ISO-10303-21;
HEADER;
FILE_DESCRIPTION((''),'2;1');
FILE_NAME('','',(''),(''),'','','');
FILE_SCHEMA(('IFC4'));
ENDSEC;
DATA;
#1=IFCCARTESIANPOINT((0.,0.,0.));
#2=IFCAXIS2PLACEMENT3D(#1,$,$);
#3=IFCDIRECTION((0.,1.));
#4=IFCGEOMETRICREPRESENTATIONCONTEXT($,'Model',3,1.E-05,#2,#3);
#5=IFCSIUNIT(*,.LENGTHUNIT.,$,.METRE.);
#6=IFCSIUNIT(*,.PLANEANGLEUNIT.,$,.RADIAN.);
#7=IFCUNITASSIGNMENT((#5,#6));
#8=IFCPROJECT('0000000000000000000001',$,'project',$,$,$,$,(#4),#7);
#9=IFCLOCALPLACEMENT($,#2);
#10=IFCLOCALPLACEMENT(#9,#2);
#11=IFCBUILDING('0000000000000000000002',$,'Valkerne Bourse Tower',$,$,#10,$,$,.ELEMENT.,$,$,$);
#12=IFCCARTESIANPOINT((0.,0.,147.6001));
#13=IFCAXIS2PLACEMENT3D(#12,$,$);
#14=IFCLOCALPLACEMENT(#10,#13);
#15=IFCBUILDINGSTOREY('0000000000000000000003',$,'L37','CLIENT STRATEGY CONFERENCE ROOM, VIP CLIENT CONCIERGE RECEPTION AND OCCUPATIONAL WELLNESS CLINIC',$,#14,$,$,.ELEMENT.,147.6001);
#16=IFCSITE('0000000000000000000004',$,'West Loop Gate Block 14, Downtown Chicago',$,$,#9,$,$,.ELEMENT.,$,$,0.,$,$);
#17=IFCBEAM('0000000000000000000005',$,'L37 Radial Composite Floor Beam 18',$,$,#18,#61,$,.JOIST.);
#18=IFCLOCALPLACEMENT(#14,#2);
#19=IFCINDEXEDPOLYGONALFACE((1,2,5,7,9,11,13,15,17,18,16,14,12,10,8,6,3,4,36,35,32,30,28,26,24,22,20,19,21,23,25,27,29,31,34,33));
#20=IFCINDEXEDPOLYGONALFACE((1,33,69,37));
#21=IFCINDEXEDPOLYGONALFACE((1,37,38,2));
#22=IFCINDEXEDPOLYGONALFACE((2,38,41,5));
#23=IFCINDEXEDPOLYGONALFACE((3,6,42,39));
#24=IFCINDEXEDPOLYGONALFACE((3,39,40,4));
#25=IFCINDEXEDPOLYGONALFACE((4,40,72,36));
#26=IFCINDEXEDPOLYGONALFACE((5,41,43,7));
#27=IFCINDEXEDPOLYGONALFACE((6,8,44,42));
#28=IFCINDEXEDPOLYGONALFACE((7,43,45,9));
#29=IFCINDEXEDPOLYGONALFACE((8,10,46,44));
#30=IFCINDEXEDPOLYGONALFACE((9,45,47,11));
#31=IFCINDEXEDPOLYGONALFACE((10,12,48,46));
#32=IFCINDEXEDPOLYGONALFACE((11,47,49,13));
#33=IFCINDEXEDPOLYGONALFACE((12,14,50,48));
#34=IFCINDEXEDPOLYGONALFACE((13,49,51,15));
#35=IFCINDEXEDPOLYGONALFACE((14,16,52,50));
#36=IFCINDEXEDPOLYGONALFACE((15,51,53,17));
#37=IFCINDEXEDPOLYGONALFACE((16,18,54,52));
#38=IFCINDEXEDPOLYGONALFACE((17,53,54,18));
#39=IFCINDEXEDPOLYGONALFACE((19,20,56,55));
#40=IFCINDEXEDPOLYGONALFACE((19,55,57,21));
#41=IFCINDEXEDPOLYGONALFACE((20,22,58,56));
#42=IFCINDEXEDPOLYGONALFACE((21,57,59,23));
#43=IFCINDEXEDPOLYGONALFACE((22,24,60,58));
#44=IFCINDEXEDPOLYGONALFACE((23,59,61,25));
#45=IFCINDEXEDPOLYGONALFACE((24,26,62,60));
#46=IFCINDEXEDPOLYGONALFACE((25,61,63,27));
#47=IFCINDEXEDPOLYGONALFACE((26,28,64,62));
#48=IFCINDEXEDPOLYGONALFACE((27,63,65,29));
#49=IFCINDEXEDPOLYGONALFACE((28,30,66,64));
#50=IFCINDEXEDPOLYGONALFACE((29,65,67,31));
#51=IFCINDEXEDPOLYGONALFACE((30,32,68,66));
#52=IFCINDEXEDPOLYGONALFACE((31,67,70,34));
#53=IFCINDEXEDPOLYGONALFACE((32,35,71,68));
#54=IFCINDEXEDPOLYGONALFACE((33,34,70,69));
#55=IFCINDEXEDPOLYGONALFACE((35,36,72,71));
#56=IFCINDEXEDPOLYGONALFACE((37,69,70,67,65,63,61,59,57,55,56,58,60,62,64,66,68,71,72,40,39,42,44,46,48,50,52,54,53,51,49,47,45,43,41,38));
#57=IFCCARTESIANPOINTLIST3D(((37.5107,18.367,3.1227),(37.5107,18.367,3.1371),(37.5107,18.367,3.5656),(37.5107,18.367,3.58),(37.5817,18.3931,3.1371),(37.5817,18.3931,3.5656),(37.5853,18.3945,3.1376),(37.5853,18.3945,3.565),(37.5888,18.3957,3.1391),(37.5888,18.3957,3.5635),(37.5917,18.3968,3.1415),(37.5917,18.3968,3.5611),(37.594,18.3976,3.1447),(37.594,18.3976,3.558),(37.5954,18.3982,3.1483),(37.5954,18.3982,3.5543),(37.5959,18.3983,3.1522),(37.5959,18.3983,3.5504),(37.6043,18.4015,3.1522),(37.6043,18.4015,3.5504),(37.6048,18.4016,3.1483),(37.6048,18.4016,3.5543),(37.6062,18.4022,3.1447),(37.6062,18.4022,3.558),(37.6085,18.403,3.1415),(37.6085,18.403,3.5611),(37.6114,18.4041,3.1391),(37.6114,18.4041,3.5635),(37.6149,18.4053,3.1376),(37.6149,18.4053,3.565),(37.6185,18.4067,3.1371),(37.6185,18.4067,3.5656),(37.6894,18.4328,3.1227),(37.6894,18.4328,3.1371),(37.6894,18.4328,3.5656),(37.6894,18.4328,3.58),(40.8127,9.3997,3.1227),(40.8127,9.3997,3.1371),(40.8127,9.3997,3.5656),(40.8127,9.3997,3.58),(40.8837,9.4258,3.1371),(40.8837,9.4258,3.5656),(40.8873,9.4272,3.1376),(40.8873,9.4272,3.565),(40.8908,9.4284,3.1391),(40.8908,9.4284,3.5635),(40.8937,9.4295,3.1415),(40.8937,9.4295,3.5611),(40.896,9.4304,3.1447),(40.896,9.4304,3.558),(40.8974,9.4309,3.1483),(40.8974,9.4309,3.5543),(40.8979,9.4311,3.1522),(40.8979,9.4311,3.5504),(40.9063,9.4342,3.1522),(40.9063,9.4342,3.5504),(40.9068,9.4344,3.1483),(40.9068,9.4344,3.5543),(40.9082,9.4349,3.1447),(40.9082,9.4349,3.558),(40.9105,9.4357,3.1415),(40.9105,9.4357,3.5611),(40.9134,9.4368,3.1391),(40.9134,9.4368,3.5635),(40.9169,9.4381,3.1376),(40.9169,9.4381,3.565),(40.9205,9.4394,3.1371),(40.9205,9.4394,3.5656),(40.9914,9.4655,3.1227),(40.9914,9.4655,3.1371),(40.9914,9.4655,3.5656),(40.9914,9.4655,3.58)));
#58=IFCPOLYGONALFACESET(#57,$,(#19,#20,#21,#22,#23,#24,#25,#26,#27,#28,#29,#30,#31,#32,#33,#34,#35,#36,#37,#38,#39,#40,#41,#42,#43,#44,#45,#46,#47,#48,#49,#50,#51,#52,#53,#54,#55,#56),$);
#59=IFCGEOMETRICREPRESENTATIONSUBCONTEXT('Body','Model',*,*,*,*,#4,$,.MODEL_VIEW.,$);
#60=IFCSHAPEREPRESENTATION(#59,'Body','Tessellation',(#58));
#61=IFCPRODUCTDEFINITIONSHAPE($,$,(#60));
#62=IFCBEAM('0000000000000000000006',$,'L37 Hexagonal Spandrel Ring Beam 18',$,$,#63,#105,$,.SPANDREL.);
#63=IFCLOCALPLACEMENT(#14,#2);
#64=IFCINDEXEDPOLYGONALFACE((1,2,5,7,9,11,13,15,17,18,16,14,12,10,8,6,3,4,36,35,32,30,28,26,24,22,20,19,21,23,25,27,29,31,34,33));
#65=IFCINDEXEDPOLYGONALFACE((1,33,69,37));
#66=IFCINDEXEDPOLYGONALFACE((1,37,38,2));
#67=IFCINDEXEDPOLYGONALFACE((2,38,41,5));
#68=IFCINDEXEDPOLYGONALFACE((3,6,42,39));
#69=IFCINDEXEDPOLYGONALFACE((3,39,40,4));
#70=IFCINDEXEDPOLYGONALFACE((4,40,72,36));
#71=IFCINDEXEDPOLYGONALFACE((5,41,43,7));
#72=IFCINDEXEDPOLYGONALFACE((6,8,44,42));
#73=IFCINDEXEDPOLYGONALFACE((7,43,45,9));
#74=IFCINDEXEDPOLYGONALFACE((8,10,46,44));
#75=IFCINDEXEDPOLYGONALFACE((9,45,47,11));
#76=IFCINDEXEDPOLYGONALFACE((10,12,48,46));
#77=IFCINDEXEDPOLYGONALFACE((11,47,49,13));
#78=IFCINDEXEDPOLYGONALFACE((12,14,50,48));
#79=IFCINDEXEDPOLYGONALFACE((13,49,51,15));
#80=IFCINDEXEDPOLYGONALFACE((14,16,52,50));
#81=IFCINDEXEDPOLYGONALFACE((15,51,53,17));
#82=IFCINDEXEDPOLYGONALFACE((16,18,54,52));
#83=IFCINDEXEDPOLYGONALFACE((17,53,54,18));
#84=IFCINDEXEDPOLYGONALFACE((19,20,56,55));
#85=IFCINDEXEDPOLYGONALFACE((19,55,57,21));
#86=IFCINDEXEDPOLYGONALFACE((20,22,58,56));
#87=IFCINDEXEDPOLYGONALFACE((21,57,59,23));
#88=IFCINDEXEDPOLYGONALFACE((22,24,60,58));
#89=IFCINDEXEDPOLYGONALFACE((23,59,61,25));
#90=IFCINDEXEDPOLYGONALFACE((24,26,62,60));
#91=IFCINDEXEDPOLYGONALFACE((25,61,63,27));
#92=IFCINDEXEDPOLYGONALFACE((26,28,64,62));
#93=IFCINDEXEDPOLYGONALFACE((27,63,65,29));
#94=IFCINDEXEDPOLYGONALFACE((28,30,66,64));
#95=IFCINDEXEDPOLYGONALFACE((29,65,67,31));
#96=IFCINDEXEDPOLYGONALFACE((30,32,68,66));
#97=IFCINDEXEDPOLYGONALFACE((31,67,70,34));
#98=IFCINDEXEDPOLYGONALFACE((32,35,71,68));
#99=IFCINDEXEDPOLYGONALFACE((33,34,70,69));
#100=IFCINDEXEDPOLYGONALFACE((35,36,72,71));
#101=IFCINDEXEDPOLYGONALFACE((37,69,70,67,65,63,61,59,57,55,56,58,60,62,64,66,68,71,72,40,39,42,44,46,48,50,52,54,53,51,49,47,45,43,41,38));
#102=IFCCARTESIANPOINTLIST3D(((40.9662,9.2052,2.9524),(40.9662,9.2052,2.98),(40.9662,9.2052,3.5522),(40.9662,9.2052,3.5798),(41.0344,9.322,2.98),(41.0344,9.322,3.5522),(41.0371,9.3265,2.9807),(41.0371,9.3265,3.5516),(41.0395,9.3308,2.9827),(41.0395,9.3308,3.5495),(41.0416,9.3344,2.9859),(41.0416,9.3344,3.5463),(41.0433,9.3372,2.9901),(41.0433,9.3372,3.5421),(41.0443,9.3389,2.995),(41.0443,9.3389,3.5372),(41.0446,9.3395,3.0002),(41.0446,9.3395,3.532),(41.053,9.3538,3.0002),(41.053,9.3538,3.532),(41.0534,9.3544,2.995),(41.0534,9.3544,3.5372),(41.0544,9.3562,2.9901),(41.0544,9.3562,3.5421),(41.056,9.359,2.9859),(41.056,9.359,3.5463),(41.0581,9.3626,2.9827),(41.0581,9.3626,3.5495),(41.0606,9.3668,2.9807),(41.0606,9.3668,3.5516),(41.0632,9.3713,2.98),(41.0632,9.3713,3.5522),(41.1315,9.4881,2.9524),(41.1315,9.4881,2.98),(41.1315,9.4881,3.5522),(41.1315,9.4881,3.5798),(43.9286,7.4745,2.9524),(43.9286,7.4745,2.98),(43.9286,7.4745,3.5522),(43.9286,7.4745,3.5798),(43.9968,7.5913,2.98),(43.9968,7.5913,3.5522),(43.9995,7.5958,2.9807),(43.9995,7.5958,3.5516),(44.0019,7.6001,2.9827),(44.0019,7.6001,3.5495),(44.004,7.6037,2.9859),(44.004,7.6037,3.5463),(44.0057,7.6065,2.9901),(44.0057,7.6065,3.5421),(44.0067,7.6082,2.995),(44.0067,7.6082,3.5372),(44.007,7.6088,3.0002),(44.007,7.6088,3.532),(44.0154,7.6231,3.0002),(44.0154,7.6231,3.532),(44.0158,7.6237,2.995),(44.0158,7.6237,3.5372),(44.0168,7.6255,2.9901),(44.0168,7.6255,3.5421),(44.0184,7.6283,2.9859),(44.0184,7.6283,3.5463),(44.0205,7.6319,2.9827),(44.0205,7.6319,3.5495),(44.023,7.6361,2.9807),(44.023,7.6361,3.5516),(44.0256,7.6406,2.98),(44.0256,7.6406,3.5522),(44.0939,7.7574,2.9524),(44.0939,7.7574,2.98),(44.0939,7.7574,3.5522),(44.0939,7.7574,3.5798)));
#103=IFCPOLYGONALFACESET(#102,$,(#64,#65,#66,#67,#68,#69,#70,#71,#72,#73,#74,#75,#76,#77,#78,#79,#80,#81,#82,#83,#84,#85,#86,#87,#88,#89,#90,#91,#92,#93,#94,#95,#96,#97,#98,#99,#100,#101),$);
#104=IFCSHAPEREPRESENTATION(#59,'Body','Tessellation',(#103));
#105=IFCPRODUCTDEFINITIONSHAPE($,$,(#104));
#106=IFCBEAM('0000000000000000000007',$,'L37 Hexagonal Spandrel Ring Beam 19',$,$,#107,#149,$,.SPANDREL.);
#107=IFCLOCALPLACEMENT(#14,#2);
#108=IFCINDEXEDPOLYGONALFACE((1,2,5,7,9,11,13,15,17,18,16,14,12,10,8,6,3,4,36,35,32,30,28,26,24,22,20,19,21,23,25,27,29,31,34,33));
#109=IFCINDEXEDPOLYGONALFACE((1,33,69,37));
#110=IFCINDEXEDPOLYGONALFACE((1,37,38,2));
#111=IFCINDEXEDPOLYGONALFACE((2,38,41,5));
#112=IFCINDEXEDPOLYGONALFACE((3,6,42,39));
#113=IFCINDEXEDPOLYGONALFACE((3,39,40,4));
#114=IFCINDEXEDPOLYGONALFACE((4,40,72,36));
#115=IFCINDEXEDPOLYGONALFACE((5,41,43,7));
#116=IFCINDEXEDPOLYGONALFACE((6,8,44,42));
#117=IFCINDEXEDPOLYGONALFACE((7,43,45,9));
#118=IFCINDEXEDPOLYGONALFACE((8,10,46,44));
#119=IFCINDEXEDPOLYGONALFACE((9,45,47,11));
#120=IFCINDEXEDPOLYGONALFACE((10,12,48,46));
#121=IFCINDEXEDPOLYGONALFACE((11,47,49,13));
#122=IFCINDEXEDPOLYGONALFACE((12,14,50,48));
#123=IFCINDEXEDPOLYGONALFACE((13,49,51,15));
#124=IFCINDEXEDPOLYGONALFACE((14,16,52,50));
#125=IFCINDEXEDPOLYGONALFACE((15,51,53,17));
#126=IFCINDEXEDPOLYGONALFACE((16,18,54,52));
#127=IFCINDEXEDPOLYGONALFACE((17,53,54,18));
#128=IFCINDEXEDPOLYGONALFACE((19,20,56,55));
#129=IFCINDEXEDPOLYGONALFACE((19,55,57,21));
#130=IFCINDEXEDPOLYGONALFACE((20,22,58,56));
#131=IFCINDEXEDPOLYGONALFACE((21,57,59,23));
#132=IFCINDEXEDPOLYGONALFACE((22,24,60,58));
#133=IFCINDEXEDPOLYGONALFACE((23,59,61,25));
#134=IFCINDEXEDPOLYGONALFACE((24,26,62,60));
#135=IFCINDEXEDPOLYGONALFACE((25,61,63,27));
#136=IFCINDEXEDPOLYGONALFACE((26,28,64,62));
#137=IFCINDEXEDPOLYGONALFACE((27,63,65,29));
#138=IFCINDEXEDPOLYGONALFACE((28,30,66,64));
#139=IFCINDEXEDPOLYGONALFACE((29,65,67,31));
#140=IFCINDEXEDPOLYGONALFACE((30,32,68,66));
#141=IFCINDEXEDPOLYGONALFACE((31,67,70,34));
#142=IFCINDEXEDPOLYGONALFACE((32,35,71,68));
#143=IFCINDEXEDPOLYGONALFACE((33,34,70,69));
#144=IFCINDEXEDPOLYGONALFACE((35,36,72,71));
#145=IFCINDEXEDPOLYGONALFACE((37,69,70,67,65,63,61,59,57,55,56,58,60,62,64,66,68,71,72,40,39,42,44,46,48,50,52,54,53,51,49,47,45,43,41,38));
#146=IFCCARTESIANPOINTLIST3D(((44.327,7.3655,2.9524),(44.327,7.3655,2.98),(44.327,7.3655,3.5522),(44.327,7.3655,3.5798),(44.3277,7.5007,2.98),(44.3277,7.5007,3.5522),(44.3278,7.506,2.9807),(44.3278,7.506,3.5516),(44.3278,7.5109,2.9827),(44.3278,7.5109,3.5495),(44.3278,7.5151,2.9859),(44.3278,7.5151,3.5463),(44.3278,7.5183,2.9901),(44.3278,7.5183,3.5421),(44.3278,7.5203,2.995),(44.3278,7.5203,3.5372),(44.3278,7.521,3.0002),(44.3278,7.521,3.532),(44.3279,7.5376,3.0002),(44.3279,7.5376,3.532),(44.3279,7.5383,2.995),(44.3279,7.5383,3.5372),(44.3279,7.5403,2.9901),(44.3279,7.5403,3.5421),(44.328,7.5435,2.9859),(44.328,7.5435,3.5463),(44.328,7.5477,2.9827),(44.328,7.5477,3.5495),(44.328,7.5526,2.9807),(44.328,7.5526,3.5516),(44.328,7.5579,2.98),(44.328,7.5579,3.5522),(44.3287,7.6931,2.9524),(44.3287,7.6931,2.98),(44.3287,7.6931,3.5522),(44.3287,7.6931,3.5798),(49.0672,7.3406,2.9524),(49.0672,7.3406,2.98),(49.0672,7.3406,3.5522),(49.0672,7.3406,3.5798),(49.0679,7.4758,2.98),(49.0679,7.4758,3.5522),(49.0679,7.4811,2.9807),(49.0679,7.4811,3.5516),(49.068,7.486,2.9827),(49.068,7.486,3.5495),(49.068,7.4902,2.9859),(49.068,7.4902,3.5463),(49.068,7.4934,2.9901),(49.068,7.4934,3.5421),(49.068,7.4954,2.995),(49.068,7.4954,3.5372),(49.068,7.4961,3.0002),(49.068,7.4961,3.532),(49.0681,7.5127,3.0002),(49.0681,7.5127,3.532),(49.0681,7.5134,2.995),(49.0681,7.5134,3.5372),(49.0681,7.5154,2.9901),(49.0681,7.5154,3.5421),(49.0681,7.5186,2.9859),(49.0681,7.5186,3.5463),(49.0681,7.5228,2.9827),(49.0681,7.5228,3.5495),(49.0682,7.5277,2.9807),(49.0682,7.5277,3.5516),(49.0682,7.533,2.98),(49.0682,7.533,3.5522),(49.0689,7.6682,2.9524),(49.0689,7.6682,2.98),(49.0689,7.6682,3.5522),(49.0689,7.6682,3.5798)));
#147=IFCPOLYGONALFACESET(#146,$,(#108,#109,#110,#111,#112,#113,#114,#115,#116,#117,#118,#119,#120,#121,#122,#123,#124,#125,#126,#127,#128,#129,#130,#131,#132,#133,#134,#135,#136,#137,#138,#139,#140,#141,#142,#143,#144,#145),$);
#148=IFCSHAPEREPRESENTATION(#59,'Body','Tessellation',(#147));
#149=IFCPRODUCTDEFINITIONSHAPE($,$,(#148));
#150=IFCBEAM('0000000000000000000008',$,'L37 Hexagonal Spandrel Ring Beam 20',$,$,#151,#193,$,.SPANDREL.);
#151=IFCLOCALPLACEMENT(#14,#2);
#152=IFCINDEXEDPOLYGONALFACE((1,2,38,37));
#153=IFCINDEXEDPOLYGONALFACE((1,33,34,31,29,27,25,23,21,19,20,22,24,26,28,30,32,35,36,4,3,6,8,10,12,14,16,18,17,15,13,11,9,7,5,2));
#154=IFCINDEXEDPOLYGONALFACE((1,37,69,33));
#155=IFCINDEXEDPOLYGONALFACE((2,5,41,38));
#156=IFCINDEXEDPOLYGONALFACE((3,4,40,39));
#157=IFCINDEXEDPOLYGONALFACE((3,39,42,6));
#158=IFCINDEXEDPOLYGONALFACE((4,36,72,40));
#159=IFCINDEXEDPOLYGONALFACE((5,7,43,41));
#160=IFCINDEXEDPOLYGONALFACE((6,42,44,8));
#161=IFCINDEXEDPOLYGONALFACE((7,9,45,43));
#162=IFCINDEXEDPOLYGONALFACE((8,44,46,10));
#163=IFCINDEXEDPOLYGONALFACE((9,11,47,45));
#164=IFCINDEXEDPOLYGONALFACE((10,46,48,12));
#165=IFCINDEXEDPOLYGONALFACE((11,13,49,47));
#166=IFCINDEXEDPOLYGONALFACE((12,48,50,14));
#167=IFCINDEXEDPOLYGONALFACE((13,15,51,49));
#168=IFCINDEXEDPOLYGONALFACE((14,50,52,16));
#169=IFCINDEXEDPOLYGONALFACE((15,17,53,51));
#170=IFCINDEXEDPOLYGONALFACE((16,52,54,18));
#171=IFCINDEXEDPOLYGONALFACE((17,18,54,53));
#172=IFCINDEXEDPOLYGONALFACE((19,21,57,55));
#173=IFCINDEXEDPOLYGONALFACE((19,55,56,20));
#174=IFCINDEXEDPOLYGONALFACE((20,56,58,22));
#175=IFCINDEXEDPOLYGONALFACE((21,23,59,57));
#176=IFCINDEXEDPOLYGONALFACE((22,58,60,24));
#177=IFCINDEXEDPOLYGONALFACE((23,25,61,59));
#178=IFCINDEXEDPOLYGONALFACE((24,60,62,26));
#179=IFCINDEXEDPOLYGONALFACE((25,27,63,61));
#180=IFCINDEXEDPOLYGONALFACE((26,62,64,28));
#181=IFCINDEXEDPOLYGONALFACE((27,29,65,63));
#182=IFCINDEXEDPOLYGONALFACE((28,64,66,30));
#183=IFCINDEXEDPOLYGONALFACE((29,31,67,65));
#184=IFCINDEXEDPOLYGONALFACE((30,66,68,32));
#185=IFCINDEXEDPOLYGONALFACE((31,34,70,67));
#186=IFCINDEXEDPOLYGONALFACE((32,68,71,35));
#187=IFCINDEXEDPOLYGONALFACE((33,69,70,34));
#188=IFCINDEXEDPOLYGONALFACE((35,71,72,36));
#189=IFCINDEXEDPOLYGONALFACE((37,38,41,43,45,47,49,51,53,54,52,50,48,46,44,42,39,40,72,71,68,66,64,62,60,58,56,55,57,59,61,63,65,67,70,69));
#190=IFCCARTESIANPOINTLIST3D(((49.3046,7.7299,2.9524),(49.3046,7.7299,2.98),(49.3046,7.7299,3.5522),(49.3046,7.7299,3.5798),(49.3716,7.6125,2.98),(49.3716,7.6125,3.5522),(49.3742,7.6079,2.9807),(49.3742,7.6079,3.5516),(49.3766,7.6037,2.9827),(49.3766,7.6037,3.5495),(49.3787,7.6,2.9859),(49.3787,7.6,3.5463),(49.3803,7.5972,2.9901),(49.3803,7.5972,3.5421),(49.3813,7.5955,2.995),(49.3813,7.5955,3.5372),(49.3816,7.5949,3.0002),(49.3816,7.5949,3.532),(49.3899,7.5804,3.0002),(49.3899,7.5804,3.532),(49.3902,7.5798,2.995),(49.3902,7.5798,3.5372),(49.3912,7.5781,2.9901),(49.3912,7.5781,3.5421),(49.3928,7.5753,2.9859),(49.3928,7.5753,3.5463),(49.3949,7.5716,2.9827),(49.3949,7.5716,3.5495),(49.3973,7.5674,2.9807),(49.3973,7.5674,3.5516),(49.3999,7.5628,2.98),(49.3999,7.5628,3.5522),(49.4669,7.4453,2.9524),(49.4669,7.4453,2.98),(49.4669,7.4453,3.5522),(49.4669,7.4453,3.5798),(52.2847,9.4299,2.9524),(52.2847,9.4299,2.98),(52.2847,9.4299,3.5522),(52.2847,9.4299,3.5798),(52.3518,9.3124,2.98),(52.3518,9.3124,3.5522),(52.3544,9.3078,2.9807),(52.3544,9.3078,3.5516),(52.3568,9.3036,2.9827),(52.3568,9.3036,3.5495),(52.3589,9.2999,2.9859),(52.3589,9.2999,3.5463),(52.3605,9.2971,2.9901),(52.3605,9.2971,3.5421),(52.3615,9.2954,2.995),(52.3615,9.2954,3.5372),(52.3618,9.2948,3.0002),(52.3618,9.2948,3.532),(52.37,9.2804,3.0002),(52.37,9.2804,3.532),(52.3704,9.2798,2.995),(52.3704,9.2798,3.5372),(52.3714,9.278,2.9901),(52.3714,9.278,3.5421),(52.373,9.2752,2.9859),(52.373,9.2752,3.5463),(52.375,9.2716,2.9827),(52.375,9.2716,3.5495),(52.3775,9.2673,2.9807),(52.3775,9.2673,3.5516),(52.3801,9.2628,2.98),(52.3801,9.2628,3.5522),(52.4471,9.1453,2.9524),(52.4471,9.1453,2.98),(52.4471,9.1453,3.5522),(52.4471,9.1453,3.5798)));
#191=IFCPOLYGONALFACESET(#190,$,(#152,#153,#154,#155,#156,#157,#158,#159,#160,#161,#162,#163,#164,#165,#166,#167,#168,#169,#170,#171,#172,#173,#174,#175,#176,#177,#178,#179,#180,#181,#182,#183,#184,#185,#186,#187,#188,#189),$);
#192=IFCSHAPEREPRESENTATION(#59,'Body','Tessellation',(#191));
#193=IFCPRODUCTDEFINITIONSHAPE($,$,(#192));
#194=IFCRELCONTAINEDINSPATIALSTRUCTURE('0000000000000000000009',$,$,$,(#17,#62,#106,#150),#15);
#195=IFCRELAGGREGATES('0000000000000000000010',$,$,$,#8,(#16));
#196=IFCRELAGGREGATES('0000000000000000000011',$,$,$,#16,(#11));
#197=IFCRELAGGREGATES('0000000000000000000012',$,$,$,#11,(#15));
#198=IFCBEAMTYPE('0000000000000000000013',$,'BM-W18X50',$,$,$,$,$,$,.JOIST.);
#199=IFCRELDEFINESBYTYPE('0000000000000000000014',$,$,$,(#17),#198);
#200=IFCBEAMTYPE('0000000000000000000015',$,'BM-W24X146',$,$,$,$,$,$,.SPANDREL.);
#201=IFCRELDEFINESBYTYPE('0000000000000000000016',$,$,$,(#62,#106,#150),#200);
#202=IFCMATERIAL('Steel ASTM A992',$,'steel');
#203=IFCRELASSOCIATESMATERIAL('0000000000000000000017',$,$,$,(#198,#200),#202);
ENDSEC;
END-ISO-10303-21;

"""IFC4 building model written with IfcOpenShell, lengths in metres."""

from ifc_helpers import new_model, si_unit, direction, frame, origin, origin_2d, place, context, subcontext, project, spatial, i_section, extrude, material, material_profile, profile_set, type_object, element, save


model = new_model("IFC4")

# Units and contexts
model_context = context("Model", 3, precision=1e-05, world=origin(), true_north=direction((0.0, 1.0)))
body_context = subcontext(model_context, "Body", "Model", "MODEL_VIEW")
ifc_project = project(units=[si_unit("LENGTHUNIT", "METRE"), si_unit("PLANEANGLEUNIT", "RADIAN")], contexts=[model_context])

# Site, building, storey
site_placement = place(None, origin())
site = spatial("IfcSite", under=ifc_project, at=site_placement, Name="West Loop Gate Block 14, Downtown Chicago", CompositionType="ELEMENT", RefElevation=0.0)
building_placement = place(site_placement, origin())
building = spatial("IfcBuilding", under=site, at=building_placement, Name="Valkerne Bourse Tower", CompositionType="ELEMENT")
storey_placement = place(building_placement, frame((0.0, 0.0, 147.6001)))
storey = spatial("IfcBuildingStorey", under=building, at=storey_placement, Name="L37", Description="CLIENT STRATEGY CONFERENCE ROOM, VIP CLIENT CONCIERGE RECEPTION AND OCCUPATIONAL WELLNESS CLINIC", CompositionType="ELEMENT", Elevation=147.6001)

# Beams
ifc_material_1 = material(Name="Steel ASTM A992", Category="steel")
ifc_material_profile_1 = material_profile(ifc_material_1, i_section(OverallWidth=0.1904, OverallDepth=0.4573, WebThickness=0.009, FlangeThickness=0.0144, FilletRadius=0.0151, at=origin_2d()), Name="W18X50")
ifc_profile_set_1 = profile_set([ifc_material_profile_1], Name="Steel ASTM A992")
beam_type_1 = type_object("IfcBeamType", Name="BM-W18X50", PredefinedType="JOIST", material=ifc_profile_set_1)
beam_1_placement = place(storey_placement, frame((40.9021, 9.4326, 3.3513), z_axis=(-0.345546, 0.938402, 0.0), x_axis=(-0.938402, -0.345546, 0.0)))
element("IfcBeam", 1, at=beam_1_placement, inside=storey, type_object=beam_type_1, Name="L37 Radial Composite Floor Beam 18", PredefinedType="JOIST", context=body_context, shape_type="SweptSolid", body=[
    extrude(i_section(OverallWidth=0.1904, OverallDepth=0.4573, WebThickness=0.009, FlangeThickness=0.0144, FilletRadius=0.0151, at=origin_2d()), origin(), (0.0, 0.0, 1.0), 9.5559),
])
ifc_material_profile_2 = material_profile(ifc_material_1, i_section(OverallWidth=0.3276, OverallDepth=0.6274, WebThickness=0.0166, FlangeThickness=0.0276, FilletRadius=0.0203, at=origin_2d()), Name="W24X146")
ifc_profile_set_2 = profile_set([ifc_material_profile_2], Name="Steel ASTM A992")
beam_type_2 = type_object("IfcBeamType", Name="BM-W24X146", PredefinedType="SPANDREL", material=ifc_profile_set_2)
beam_2_placement = place(storey_placement, frame((41.0488, 9.3467, 3.2661), z_axis=(0.863443, -0.504446, 0.0), x_axis=(0.504446, 0.863443, 0.0)))
element("IfcBeam", 2, at=beam_2_placement, inside=storey, type_object=beam_type_2, Name="L37 Hexagonal Spandrel Ring Beam 18", PredefinedType="SPANDREL", context=body_context, shape_type="SweptSolid", body=[
    extrude(i_section(OverallWidth=0.3276, OverallDepth=0.6274, WebThickness=0.0166, FlangeThickness=0.0276, FilletRadius=0.0203, at=origin_2d()), origin(), (0.0, 0.0, 1.0), 3.4309),
])
beam_3_placement = place(storey_placement, frame((44.3279, 7.5293, 3.2661), z_axis=(0.999986, -0.005253, 0.0), x_axis=(0.005253, 0.999986, 0.0)))
element("IfcBeam", 3, at=beam_3_placement, inside=storey, type_object=beam_type_2, Name="L37 Hexagonal Spandrel Ring Beam 19", PredefinedType="SPANDREL", context=body_context, shape_type="SweptSolid", body=[
    extrude(i_section(OverallWidth=0.3276, OverallDepth=0.6274, WebThickness=0.0166, FlangeThickness=0.0276, FilletRadius=0.0203, at=origin_2d()), origin(), (0.0, 0.0, 1.0), 4.7402),
])
for number, where, z_axis, x_axis, name in (
    (4, (49.3857, 7.5876, 3.2661), (0.868624, 0.495472, 0.0), (-0.495472, 0.868624, 0.0), "L37 Hexagonal Spandrel Ring Beam 20"),
):
    element("IfcBeam", number, at=place(storey_placement, frame(where, z_axis=z_axis, x_axis=x_axis)), inside=storey, type_object=beam_type_2, Name=name, PredefinedType="SPANDREL", context=body_context, shape_type="SweptSolid", body=[
        extrude(i_section(OverallWidth=0.3276, OverallDepth=0.6274, WebThickness=0.0166, FlangeThickness=0.0276, FilletRadius=0.0203, at=origin_2d()), origin(), (0.0, 0.0, 1.0), 3.4309),
    ])

save(model, "model.ifc")
